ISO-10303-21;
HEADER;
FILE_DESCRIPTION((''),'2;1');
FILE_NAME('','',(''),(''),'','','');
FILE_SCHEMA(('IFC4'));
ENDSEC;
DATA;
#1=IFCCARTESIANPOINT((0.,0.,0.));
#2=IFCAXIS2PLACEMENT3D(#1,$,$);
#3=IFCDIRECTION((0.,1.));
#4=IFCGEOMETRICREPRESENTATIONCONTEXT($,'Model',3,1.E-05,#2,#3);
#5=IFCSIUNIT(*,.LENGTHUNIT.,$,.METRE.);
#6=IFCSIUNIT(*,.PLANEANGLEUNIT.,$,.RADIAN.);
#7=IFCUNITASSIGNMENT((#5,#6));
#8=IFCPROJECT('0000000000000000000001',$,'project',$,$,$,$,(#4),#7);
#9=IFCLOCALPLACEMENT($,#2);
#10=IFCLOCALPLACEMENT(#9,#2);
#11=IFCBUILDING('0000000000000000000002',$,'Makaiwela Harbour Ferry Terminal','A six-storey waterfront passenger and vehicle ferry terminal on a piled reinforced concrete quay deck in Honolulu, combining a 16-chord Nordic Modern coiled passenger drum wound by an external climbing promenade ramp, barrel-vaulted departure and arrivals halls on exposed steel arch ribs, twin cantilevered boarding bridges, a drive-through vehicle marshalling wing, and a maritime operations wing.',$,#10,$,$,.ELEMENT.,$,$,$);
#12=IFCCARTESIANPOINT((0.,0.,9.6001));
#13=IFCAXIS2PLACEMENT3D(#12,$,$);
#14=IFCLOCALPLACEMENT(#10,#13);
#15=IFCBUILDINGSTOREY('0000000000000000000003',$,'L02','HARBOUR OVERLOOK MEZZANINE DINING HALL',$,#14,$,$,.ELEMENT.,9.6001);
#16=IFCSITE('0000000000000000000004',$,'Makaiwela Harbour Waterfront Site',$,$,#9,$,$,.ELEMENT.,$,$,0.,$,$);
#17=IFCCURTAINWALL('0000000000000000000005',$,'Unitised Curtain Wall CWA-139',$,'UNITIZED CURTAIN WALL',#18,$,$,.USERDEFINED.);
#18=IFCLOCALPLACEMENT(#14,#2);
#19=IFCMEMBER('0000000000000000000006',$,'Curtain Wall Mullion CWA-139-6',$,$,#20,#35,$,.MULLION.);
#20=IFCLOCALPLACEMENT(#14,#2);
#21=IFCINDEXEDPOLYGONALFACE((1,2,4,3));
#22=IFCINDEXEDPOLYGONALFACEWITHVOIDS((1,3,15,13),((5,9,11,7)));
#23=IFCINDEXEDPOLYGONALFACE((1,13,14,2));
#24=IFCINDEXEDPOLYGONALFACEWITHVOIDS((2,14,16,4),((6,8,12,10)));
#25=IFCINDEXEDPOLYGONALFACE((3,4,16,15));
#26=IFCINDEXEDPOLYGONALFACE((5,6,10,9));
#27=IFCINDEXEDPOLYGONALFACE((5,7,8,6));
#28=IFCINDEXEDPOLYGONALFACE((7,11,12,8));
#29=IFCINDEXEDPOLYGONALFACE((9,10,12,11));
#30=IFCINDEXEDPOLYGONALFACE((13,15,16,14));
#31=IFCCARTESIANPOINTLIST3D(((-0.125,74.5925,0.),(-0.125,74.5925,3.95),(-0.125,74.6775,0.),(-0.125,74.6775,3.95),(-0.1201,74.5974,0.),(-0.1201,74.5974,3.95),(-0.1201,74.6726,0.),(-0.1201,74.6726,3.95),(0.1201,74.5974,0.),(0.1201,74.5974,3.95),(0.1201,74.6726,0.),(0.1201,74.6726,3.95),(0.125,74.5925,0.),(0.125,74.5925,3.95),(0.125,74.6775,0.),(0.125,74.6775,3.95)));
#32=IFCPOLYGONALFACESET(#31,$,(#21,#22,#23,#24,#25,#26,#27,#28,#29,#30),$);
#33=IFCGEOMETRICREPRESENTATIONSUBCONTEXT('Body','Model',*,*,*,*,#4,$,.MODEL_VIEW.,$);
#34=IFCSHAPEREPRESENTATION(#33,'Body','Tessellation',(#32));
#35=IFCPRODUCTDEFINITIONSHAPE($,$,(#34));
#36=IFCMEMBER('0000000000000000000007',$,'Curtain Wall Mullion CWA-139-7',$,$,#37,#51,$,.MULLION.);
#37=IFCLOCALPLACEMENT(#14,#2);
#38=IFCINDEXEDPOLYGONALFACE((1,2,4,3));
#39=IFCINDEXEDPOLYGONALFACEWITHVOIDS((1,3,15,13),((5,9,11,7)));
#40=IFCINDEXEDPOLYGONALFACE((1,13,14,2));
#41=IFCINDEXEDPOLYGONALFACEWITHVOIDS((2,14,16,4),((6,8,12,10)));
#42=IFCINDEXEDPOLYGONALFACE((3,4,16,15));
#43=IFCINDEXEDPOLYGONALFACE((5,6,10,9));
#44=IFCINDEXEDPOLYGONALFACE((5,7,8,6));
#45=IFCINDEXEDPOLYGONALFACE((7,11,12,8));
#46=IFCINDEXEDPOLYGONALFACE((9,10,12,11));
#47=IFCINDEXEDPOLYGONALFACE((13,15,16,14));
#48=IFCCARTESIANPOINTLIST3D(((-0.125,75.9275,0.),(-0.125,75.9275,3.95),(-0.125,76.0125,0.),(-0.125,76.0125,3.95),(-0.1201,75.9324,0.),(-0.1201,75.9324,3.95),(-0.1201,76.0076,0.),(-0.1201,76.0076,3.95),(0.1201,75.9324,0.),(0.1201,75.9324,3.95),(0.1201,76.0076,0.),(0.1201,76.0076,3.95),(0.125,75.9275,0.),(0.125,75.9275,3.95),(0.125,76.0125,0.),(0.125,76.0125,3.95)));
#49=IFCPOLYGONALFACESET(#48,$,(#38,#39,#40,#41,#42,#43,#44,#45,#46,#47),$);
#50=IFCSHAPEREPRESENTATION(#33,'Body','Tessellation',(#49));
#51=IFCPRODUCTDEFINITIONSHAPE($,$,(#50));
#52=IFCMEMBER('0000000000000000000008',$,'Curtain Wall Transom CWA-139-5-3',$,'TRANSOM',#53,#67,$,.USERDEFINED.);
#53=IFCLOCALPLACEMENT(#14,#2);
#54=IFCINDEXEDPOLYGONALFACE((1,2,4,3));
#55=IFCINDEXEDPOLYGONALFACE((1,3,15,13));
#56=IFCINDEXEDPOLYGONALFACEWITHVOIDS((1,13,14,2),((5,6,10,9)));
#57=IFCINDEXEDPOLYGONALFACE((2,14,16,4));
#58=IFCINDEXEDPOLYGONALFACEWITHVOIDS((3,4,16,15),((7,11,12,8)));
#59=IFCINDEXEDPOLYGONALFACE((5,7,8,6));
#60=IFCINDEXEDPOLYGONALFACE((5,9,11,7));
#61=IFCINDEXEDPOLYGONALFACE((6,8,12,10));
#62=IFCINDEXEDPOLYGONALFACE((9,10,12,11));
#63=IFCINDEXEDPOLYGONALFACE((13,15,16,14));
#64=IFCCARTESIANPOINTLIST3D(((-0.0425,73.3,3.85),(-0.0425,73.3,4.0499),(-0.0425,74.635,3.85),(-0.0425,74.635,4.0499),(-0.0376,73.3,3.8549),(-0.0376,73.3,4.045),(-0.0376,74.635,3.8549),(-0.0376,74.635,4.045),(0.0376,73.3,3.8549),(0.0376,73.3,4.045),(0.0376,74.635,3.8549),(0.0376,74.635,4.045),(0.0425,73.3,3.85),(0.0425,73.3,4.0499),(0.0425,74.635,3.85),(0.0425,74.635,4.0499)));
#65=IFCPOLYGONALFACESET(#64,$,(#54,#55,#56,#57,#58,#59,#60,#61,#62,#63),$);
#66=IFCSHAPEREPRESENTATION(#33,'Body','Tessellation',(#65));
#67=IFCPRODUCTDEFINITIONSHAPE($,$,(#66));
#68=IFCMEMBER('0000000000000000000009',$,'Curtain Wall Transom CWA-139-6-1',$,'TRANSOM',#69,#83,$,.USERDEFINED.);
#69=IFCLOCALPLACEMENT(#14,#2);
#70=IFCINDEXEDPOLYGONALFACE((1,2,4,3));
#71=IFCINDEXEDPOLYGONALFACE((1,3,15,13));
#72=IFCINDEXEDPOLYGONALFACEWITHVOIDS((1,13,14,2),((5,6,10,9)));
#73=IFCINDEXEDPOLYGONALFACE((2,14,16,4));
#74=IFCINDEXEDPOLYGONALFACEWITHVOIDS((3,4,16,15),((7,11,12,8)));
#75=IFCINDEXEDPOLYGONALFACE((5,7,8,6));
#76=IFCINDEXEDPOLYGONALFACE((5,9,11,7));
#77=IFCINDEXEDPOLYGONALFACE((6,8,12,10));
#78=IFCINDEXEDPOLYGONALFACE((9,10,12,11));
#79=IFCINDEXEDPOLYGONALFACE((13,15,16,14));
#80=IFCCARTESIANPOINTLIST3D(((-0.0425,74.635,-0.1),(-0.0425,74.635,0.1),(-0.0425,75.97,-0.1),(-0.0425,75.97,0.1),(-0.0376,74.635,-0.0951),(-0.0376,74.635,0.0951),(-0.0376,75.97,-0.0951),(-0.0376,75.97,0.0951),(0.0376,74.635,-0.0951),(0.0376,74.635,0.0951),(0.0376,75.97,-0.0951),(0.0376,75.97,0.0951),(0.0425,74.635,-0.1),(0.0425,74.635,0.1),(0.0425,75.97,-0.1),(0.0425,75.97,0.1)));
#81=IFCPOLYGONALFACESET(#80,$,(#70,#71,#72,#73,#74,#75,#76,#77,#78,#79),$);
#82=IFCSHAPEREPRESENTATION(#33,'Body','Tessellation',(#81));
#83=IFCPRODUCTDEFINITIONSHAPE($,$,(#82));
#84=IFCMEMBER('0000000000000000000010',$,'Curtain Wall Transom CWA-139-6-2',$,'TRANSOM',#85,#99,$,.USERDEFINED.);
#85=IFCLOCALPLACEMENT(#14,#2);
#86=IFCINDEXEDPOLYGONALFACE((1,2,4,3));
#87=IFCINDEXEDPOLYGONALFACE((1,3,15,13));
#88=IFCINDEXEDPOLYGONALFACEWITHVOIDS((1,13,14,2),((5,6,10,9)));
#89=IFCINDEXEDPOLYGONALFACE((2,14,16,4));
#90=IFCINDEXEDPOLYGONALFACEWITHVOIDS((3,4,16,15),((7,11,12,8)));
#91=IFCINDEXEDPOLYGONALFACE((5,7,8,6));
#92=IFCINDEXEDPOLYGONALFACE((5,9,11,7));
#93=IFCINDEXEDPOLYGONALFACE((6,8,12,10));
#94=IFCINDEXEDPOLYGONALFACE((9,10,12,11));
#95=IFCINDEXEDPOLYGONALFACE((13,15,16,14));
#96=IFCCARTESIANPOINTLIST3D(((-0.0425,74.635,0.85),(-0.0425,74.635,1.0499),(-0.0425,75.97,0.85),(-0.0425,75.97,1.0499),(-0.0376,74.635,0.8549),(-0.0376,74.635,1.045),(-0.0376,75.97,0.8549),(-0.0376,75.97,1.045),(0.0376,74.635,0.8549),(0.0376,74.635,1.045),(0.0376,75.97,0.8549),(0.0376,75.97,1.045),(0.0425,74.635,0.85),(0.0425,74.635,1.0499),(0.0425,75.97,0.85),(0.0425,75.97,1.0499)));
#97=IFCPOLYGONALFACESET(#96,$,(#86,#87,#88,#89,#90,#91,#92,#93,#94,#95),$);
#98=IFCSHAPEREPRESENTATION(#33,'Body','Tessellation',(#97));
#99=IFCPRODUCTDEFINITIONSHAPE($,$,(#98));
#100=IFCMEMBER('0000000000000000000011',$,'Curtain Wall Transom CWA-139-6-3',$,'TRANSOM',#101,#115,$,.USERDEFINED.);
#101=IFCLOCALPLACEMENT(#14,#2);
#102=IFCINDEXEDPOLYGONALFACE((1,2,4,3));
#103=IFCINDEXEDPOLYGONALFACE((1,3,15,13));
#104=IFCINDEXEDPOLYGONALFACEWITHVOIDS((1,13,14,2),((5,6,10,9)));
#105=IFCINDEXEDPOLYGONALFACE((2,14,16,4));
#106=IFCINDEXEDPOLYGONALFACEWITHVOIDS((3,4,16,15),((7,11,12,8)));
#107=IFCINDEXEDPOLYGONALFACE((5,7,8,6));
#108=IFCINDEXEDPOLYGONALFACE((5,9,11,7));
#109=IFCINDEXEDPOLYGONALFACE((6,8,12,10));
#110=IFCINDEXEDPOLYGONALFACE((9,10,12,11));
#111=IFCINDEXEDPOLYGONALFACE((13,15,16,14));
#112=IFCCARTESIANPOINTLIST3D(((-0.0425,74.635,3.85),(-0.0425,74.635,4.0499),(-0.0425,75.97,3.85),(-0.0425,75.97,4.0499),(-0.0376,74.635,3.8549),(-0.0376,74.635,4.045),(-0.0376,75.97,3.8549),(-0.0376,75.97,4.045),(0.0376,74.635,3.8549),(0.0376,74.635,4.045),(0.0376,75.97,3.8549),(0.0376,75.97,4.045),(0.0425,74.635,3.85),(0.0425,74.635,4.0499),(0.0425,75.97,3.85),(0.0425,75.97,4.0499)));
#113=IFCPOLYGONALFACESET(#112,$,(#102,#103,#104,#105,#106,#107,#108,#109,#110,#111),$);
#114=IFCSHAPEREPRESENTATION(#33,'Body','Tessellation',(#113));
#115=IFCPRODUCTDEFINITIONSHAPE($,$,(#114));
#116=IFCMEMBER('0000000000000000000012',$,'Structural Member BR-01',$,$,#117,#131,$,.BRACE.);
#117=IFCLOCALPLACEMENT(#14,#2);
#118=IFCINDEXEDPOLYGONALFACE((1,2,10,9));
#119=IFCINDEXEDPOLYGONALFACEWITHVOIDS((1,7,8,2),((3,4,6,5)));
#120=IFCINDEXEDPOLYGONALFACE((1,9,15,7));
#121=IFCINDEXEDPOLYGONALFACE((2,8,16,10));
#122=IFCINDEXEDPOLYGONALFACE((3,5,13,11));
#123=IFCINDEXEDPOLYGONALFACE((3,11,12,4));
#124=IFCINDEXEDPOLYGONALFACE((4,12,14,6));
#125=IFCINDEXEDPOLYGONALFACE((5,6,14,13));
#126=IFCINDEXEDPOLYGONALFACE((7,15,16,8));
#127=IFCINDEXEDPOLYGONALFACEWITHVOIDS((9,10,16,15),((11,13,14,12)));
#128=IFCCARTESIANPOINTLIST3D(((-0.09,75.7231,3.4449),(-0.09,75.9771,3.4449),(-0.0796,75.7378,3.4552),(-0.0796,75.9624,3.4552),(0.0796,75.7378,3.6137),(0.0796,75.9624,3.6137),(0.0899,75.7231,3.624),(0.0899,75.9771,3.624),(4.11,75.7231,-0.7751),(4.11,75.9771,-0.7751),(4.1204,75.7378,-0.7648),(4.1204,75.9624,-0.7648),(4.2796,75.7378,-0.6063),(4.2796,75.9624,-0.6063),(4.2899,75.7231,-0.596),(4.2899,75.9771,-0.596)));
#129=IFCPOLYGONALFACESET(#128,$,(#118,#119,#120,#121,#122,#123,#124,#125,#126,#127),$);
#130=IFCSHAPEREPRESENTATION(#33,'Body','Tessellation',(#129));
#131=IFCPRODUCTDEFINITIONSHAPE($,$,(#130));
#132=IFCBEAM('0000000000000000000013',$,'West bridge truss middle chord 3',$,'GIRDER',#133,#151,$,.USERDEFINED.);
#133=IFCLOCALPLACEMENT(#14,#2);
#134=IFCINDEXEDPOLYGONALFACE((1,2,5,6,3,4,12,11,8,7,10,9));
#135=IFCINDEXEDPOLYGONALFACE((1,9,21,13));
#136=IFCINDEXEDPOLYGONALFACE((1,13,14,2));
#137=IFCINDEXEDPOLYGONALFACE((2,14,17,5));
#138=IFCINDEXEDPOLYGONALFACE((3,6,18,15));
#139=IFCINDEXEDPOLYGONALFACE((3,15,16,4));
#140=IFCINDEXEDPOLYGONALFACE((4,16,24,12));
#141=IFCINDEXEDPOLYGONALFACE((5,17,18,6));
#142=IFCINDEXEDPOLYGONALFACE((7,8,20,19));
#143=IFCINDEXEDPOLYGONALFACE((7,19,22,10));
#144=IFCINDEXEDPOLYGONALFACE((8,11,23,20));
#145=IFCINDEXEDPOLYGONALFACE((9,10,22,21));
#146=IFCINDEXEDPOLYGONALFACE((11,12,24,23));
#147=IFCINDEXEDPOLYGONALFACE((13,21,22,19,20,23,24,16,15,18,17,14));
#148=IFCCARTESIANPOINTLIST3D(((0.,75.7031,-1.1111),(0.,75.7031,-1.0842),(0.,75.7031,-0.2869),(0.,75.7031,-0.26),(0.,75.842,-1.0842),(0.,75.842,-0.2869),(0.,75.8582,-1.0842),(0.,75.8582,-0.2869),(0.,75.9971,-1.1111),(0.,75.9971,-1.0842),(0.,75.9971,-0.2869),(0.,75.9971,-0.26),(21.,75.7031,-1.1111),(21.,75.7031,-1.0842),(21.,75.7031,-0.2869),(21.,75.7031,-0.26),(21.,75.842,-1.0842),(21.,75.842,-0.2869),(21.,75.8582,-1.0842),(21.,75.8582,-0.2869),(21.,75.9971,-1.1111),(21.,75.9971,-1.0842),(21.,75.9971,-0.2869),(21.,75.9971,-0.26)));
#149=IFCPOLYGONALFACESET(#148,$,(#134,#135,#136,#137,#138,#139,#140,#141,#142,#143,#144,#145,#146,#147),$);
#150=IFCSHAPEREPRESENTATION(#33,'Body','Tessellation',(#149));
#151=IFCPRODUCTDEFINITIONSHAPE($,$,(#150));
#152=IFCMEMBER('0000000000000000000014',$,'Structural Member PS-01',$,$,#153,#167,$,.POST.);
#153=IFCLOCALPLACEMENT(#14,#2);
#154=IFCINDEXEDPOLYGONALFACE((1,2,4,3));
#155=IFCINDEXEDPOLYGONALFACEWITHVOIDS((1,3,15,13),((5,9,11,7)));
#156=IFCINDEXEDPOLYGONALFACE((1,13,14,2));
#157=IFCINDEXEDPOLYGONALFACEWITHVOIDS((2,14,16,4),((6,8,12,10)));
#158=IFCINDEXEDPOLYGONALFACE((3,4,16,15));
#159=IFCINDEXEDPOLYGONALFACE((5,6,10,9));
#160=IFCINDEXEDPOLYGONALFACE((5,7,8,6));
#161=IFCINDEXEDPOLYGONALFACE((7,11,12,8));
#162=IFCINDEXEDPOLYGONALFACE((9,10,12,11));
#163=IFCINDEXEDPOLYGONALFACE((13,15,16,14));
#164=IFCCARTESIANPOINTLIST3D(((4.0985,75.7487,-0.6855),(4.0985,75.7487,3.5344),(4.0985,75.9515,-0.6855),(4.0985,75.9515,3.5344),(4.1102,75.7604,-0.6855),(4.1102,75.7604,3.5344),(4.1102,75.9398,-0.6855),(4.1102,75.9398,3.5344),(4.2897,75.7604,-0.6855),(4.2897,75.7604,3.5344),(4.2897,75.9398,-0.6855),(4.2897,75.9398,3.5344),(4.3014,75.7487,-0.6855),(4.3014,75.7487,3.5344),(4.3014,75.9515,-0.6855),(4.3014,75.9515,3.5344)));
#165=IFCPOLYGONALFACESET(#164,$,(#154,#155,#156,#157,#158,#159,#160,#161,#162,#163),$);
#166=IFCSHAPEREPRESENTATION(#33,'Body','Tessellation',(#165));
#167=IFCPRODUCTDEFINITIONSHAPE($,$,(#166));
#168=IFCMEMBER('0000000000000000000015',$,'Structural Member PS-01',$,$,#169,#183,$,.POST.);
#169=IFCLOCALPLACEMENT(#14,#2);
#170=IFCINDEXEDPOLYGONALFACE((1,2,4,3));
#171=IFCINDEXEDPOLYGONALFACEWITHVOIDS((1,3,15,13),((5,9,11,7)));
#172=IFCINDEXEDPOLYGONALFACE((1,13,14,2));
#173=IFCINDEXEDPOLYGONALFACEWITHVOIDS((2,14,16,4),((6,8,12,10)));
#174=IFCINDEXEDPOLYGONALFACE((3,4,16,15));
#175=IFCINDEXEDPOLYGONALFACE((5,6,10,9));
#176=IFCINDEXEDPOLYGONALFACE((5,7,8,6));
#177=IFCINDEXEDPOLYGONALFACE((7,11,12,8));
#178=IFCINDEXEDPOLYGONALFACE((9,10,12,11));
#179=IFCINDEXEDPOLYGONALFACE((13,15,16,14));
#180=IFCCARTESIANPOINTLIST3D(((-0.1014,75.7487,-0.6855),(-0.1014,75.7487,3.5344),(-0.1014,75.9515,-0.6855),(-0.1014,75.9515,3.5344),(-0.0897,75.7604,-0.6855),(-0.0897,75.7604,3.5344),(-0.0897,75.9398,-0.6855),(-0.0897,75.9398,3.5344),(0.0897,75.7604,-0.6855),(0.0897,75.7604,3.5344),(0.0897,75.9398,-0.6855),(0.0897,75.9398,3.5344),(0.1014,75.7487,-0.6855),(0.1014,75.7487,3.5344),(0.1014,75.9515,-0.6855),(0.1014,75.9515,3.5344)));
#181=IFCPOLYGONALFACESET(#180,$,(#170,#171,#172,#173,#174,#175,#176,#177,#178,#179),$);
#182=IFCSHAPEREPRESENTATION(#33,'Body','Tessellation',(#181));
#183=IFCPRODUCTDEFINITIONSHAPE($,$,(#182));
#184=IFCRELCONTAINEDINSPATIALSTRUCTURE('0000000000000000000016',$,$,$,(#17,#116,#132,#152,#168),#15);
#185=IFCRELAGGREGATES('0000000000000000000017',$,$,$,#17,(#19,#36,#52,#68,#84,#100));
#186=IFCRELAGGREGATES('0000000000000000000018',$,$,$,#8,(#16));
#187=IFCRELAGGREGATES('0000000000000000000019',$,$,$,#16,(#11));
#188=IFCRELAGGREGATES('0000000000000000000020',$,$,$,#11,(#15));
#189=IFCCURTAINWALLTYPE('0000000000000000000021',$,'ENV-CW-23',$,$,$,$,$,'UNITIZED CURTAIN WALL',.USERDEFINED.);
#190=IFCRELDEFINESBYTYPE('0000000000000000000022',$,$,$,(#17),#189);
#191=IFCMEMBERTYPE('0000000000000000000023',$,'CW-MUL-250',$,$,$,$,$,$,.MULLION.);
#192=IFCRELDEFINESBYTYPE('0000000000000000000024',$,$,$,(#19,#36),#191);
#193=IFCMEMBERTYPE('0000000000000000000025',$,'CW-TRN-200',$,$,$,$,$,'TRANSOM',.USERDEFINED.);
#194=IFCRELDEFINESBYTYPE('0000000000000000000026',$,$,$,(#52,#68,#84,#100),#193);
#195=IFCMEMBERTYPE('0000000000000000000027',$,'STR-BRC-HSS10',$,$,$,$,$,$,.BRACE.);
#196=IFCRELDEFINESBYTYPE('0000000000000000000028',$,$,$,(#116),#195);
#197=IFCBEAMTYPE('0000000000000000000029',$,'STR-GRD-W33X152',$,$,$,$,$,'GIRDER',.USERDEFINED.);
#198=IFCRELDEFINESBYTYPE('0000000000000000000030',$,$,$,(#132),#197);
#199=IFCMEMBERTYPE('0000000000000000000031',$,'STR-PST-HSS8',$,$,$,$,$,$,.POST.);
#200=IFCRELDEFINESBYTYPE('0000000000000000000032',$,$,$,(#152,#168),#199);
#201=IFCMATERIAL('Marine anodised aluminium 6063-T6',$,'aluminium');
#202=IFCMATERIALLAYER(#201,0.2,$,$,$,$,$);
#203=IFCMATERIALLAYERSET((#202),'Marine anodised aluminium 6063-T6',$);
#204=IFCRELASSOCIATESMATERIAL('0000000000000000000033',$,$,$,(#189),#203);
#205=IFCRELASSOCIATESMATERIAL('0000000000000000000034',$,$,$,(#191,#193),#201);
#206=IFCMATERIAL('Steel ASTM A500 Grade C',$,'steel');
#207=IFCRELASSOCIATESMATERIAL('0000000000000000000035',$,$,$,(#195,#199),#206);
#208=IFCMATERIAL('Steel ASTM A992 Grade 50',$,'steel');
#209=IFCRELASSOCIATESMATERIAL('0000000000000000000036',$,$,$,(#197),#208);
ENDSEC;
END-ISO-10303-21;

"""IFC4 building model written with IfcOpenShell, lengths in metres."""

from ifc_helpers import new_model, si_unit, direction, frame, origin, origin_2d, place, context, subcontext, project, spatial, hollow_rectangle, i_section, extrude, material, layer, layer_set, material_profile, profile_set, type_object, element, aggregate, save


model = new_model("IFC4")

# Units and contexts
model_context = context("Model", 3, precision=1e-05, world=origin(), true_north=direction((0.0, 1.0)))
body_context = subcontext(model_context, "Body", "Model", "MODEL_VIEW")
ifc_project = project(units=[si_unit("LENGTHUNIT", "METRE"), si_unit("PLANEANGLEUNIT", "RADIAN")], contexts=[model_context])

# Site, building, storey
site_placement = place(None, origin())
site = spatial("IfcSite", under=ifc_project, at=site_placement, Name="Makaiwela Harbour Waterfront Site", CompositionType="ELEMENT", RefElevation=0.0)
building_placement = place(site_placement, origin())
building = spatial("IfcBuilding", under=site, at=building_placement, Name="Makaiwela Harbour Ferry Terminal", Description="A six-storey waterfront passenger and vehicle ferry terminal on a piled reinforced concrete quay deck in Honolulu, combining a 16-chord Nordic Modern coiled passenger drum wound by an external climbing promenade ramp, barrel-vaulted departure and arrivals halls on exposed steel arch ribs, twin cantilevered boarding bridges, a drive-through vehicle marshalling wing, and a maritime operations wing.", CompositionType="ELEMENT")
storey_placement = place(building_placement, frame((0.0, 0.0, 9.6001)))
storey = spatial("IfcBuildingStorey", under=building, at=storey_placement, Name="L02", Description="HARBOUR OVERLOOK MEZZANINE DINING HALL", CompositionType="ELEMENT", Elevation=9.6001)

# Curtain wall, members
ifc_material_1 = material(Name="Marine anodised aluminium 6063-T6", Category="aluminium")
ifc_layer_1 = layer(ifc_material_1, 0.2)
ifc_layer_set_1 = layer_set([ifc_layer_1], Name="Marine anodised aluminium 6063-T6")
curtain_wall_type = type_object("IfcCurtainWallType", Name="ENV-CW-23", ElementType="UNITIZED CURTAIN WALL", PredefinedType="USERDEFINED", material=ifc_layer_set_1)
curtain_wall_placement = place(storey_placement, origin())
curtain_wall = element("IfcCurtainWall", 1, at=curtain_wall_placement, inside=storey, type_object=curtain_wall_type, Name="Unitised Curtain Wall CWA-139", ObjectType="UNITIZED CURTAIN WALL", PredefinedType="USERDEFINED")
ifc_material_profile_1 = material_profile(ifc_material_1, hollow_rectangle(XDim=0.085, YDim=0.25, WallThickness=0.0049, at=origin_2d()), Name="CWM-250X85")
ifc_profile_set_1 = profile_set([ifc_material_profile_1], Name="Marine anodised aluminium 6063-T6")
member_type_1 = type_object("IfcMemberType", Name="CW-MUL-250", PredefinedType="MULLION", material=ifc_profile_set_1)
member_1_placement = place(storey_placement, frame((0.0, 74.635, 0.0), z_axis=(0.0, 0.0, 1.0), x_axis=(0.0, 1.0, 0.0)))
member_1 = element("IfcMember", 2, at=member_1_placement, type_object=member_type_1, Name="Curtain Wall Mullion CWA-139-6", PredefinedType="MULLION", context=body_context, shape_type="SweptSolid", body=[
    extrude(hollow_rectangle(XDim=0.085, YDim=0.25, WallThickness=0.0049, at=origin_2d()), origin(), (0.0, 0.0, 1.0), 3.95),
])
member_2_placement = place(storey_placement, frame((0.0, 75.97, 0.0), z_axis=(0.0, 0.0, 1.0), x_axis=(0.0, 1.0, 0.0)))
member_2 = element("IfcMember", 3, at=member_2_placement, type_object=member_type_1, Name="Curtain Wall Mullion CWA-139-7", PredefinedType="MULLION", context=body_context, shape_type="SweptSolid", body=[
    extrude(hollow_rectangle(XDim=0.085, YDim=0.25, WallThickness=0.0049, at=origin_2d()), origin(), (0.0, 0.0, 1.0), 3.95),
])
ifc_material_profile_2 = material_profile(ifc_material_1, hollow_rectangle(XDim=0.085, YDim=0.2, WallThickness=0.0049, at=origin_2d()), Name="CWT-200X85")
ifc_profile_set_2 = profile_set([ifc_material_profile_2], Name="Marine anodised aluminium 6063-T6")
member_type_2 = type_object("IfcMemberType", Name="CW-TRN-200", ElementType="TRANSOM", PredefinedType="USERDEFINED", material=ifc_profile_set_2)
member_3_placement = place(storey_placement, frame((0.0, 73.3, 3.95), z_axis=(0.0, 1.0, 0.0), x_axis=(-1.0, 0.0, 0.0)))
member_3 = element("IfcMember", 4, at=member_3_placement, type_object=member_type_2, Name="Curtain Wall Transom CWA-139-5-3", ObjectType="TRANSOM", PredefinedType="USERDEFINED", context=body_context, shape_type="SweptSolid", body=[
    extrude(hollow_rectangle(XDim=0.085, YDim=0.2, WallThickness=0.0049, at=origin_2d()), origin(), (0.0, 0.0, 1.0), 1.335),
])
member_4_placement = place(storey_placement, frame((0.0, 74.635, 0.0), z_axis=(0.0, 1.0, 0.0), x_axis=(-1.0, 0.0, 0.0)))
member_4 = element("IfcMember", 5, at=member_4_placement, type_object=member_type_2, Name="Curtain Wall Transom CWA-139-6-1", ObjectType="TRANSOM", PredefinedType="USERDEFINED", context=body_context, shape_type="SweptSolid", body=[
    extrude(hollow_rectangle(XDim=0.085, YDim=0.2, WallThickness=0.0049, at=origin_2d()), origin(), (0.0, 0.0, 1.0), 1.335),
])
member_5_placement = place(storey_placement, frame((0.0, 74.635, 0.95), z_axis=(0.0, 1.0, 0.0), x_axis=(-1.0, 0.0, 0.0)))
member_5 = element("IfcMember", 6, at=member_5_placement, type_object=member_type_2, Name="Curtain Wall Transom CWA-139-6-2", ObjectType="TRANSOM", PredefinedType="USERDEFINED", context=body_context, shape_type="SweptSolid", body=[
    extrude(hollow_rectangle(XDim=0.085, YDim=0.2, WallThickness=0.0049, at=origin_2d()), origin(), (0.0, 0.0, 1.0), 1.335),
])
member_6_placement = place(storey_placement, frame((0.0, 74.635, 3.95), z_axis=(0.0, 1.0, 0.0), x_axis=(-1.0, 0.0, 0.0)))
member_6 = element("IfcMember", 7, at=member_6_placement, type_object=member_type_2, Name="Curtain Wall Transom CWA-139-6-3", ObjectType="TRANSOM", PredefinedType="USERDEFINED", context=body_context, shape_type="SweptSolid", body=[
    extrude(hollow_rectangle(XDim=0.085, YDim=0.2, WallThickness=0.0049, at=origin_2d()), origin(), (0.0, 0.0, 1.0), 1.335),
])

# Member
ifc_material_2 = material(Name="Steel ASTM A500 Grade C", Category="steel")
ifc_material_profile_3 = material_profile(ifc_material_2, hollow_rectangle(XDim=0.2539, YDim=0.2539, WallThickness=0.0146, at=origin_2d()), Name="HSS10X10X5/8")
ifc_profile_set_3 = profile_set([ifc_material_profile_3], Name="Steel ASTM A500 Grade C")
member_type_3 = type_object("IfcMemberType", Name="STR-BRC-HSS10", PredefinedType="BRACE", material=ifc_profile_set_3)
member_7_placement = place(storey_placement, frame((4.2, 75.8501, -0.6855), z_axis=(-0.705424, 0.0, 0.708786), x_axis=(0.0, -1.0, 0.0)))
element("IfcMember", 8, at=member_7_placement, inside=storey, type_object=member_type_3, Name="Structural Member BR-01", PredefinedType="BRACE", context=body_context, shape_type="SweptSolid", body=[
    extrude(hollow_rectangle(XDim=0.2539, YDim=0.2539, WallThickness=0.0146, at=origin_2d()), origin(), (0.0, 0.0, 1.0), 5.9539),
])

# Beam
ifc_material_3 = material(Name="Steel ASTM A992 Grade 50", Category="steel")
ifc_material_profile_4 = material_profile(ifc_material_3, i_section(OverallWidth=0.2939, OverallDepth=0.8511, WebThickness=0.0161, FlangeThickness=0.0269, at=origin_2d()), Name="W33X152")
ifc_profile_set_4 = profile_set([ifc_material_profile_4], Name="Steel ASTM A992 Grade 50")
beam_type = type_object("IfcBeamType", Name="STR-GRD-W33X152", ElementType="GIRDER", PredefinedType="USERDEFINED", material=ifc_profile_set_4)
beam_placement = place(storey_placement, frame((0.0, 75.8501, -0.6855), z_axis=(1.0, 0.0, 0.0), x_axis=(0.0, 1.0, 0.0)))
element("IfcBeam", 9, at=beam_placement, inside=storey, type_object=beam_type, Name="West bridge truss middle chord 3", ObjectType="GIRDER", PredefinedType="USERDEFINED", context=body_context, shape_type="SweptSolid", body=[
    extrude(i_section(OverallWidth=0.2939, OverallDepth=0.8511, WebThickness=0.0161, FlangeThickness=0.0269, at=origin_2d()), origin(), (0.0, 0.0, 1.0), 21.0),
])

# Members
ifc_material_profile_5 = material_profile(ifc_material_2, hollow_rectangle(XDim=0.2029, YDim=0.2029, WallThickness=0.0117, at=origin_2d()), Name="HSS8X8X1/2")
ifc_profile_set_5 = profile_set([ifc_material_profile_5], Name="Steel ASTM A500 Grade C")
member_type_4 = type_object("IfcMemberType", Name="STR-PST-HSS8", PredefinedType="POST", material=ifc_profile_set_5)
for number, where, z_axis, x_axis, name in (
    (10, (4.2, 75.8501, -0.6855), (0.0, 0.0, 1.0), (1.0, 0.0, 0.0), "Structural Member PS-01"),
    (11, (0.0, 75.8501, -0.6855), (0.0, 0.0, 1.0), (1.0, 0.0, 0.0), "Structural Member PS-01"),
):
    element("IfcMember", number, at=place(storey_placement, frame(where, z_axis=z_axis, x_axis=x_axis)), inside=storey, type_object=member_type_4, Name=name, PredefinedType="POST", context=body_context, shape_type="SweptSolid", body=[
        extrude(hollow_rectangle(XDim=0.2029, YDim=0.2029, WallThickness=0.0117, at=origin_2d()), origin(), (0.0, 0.0, 1.0), 4.22),
    ])

aggregate(curtain_wall, [member_1, member_2, member_3, member_4, member_5, member_6])

save(model, "model.ifc")
